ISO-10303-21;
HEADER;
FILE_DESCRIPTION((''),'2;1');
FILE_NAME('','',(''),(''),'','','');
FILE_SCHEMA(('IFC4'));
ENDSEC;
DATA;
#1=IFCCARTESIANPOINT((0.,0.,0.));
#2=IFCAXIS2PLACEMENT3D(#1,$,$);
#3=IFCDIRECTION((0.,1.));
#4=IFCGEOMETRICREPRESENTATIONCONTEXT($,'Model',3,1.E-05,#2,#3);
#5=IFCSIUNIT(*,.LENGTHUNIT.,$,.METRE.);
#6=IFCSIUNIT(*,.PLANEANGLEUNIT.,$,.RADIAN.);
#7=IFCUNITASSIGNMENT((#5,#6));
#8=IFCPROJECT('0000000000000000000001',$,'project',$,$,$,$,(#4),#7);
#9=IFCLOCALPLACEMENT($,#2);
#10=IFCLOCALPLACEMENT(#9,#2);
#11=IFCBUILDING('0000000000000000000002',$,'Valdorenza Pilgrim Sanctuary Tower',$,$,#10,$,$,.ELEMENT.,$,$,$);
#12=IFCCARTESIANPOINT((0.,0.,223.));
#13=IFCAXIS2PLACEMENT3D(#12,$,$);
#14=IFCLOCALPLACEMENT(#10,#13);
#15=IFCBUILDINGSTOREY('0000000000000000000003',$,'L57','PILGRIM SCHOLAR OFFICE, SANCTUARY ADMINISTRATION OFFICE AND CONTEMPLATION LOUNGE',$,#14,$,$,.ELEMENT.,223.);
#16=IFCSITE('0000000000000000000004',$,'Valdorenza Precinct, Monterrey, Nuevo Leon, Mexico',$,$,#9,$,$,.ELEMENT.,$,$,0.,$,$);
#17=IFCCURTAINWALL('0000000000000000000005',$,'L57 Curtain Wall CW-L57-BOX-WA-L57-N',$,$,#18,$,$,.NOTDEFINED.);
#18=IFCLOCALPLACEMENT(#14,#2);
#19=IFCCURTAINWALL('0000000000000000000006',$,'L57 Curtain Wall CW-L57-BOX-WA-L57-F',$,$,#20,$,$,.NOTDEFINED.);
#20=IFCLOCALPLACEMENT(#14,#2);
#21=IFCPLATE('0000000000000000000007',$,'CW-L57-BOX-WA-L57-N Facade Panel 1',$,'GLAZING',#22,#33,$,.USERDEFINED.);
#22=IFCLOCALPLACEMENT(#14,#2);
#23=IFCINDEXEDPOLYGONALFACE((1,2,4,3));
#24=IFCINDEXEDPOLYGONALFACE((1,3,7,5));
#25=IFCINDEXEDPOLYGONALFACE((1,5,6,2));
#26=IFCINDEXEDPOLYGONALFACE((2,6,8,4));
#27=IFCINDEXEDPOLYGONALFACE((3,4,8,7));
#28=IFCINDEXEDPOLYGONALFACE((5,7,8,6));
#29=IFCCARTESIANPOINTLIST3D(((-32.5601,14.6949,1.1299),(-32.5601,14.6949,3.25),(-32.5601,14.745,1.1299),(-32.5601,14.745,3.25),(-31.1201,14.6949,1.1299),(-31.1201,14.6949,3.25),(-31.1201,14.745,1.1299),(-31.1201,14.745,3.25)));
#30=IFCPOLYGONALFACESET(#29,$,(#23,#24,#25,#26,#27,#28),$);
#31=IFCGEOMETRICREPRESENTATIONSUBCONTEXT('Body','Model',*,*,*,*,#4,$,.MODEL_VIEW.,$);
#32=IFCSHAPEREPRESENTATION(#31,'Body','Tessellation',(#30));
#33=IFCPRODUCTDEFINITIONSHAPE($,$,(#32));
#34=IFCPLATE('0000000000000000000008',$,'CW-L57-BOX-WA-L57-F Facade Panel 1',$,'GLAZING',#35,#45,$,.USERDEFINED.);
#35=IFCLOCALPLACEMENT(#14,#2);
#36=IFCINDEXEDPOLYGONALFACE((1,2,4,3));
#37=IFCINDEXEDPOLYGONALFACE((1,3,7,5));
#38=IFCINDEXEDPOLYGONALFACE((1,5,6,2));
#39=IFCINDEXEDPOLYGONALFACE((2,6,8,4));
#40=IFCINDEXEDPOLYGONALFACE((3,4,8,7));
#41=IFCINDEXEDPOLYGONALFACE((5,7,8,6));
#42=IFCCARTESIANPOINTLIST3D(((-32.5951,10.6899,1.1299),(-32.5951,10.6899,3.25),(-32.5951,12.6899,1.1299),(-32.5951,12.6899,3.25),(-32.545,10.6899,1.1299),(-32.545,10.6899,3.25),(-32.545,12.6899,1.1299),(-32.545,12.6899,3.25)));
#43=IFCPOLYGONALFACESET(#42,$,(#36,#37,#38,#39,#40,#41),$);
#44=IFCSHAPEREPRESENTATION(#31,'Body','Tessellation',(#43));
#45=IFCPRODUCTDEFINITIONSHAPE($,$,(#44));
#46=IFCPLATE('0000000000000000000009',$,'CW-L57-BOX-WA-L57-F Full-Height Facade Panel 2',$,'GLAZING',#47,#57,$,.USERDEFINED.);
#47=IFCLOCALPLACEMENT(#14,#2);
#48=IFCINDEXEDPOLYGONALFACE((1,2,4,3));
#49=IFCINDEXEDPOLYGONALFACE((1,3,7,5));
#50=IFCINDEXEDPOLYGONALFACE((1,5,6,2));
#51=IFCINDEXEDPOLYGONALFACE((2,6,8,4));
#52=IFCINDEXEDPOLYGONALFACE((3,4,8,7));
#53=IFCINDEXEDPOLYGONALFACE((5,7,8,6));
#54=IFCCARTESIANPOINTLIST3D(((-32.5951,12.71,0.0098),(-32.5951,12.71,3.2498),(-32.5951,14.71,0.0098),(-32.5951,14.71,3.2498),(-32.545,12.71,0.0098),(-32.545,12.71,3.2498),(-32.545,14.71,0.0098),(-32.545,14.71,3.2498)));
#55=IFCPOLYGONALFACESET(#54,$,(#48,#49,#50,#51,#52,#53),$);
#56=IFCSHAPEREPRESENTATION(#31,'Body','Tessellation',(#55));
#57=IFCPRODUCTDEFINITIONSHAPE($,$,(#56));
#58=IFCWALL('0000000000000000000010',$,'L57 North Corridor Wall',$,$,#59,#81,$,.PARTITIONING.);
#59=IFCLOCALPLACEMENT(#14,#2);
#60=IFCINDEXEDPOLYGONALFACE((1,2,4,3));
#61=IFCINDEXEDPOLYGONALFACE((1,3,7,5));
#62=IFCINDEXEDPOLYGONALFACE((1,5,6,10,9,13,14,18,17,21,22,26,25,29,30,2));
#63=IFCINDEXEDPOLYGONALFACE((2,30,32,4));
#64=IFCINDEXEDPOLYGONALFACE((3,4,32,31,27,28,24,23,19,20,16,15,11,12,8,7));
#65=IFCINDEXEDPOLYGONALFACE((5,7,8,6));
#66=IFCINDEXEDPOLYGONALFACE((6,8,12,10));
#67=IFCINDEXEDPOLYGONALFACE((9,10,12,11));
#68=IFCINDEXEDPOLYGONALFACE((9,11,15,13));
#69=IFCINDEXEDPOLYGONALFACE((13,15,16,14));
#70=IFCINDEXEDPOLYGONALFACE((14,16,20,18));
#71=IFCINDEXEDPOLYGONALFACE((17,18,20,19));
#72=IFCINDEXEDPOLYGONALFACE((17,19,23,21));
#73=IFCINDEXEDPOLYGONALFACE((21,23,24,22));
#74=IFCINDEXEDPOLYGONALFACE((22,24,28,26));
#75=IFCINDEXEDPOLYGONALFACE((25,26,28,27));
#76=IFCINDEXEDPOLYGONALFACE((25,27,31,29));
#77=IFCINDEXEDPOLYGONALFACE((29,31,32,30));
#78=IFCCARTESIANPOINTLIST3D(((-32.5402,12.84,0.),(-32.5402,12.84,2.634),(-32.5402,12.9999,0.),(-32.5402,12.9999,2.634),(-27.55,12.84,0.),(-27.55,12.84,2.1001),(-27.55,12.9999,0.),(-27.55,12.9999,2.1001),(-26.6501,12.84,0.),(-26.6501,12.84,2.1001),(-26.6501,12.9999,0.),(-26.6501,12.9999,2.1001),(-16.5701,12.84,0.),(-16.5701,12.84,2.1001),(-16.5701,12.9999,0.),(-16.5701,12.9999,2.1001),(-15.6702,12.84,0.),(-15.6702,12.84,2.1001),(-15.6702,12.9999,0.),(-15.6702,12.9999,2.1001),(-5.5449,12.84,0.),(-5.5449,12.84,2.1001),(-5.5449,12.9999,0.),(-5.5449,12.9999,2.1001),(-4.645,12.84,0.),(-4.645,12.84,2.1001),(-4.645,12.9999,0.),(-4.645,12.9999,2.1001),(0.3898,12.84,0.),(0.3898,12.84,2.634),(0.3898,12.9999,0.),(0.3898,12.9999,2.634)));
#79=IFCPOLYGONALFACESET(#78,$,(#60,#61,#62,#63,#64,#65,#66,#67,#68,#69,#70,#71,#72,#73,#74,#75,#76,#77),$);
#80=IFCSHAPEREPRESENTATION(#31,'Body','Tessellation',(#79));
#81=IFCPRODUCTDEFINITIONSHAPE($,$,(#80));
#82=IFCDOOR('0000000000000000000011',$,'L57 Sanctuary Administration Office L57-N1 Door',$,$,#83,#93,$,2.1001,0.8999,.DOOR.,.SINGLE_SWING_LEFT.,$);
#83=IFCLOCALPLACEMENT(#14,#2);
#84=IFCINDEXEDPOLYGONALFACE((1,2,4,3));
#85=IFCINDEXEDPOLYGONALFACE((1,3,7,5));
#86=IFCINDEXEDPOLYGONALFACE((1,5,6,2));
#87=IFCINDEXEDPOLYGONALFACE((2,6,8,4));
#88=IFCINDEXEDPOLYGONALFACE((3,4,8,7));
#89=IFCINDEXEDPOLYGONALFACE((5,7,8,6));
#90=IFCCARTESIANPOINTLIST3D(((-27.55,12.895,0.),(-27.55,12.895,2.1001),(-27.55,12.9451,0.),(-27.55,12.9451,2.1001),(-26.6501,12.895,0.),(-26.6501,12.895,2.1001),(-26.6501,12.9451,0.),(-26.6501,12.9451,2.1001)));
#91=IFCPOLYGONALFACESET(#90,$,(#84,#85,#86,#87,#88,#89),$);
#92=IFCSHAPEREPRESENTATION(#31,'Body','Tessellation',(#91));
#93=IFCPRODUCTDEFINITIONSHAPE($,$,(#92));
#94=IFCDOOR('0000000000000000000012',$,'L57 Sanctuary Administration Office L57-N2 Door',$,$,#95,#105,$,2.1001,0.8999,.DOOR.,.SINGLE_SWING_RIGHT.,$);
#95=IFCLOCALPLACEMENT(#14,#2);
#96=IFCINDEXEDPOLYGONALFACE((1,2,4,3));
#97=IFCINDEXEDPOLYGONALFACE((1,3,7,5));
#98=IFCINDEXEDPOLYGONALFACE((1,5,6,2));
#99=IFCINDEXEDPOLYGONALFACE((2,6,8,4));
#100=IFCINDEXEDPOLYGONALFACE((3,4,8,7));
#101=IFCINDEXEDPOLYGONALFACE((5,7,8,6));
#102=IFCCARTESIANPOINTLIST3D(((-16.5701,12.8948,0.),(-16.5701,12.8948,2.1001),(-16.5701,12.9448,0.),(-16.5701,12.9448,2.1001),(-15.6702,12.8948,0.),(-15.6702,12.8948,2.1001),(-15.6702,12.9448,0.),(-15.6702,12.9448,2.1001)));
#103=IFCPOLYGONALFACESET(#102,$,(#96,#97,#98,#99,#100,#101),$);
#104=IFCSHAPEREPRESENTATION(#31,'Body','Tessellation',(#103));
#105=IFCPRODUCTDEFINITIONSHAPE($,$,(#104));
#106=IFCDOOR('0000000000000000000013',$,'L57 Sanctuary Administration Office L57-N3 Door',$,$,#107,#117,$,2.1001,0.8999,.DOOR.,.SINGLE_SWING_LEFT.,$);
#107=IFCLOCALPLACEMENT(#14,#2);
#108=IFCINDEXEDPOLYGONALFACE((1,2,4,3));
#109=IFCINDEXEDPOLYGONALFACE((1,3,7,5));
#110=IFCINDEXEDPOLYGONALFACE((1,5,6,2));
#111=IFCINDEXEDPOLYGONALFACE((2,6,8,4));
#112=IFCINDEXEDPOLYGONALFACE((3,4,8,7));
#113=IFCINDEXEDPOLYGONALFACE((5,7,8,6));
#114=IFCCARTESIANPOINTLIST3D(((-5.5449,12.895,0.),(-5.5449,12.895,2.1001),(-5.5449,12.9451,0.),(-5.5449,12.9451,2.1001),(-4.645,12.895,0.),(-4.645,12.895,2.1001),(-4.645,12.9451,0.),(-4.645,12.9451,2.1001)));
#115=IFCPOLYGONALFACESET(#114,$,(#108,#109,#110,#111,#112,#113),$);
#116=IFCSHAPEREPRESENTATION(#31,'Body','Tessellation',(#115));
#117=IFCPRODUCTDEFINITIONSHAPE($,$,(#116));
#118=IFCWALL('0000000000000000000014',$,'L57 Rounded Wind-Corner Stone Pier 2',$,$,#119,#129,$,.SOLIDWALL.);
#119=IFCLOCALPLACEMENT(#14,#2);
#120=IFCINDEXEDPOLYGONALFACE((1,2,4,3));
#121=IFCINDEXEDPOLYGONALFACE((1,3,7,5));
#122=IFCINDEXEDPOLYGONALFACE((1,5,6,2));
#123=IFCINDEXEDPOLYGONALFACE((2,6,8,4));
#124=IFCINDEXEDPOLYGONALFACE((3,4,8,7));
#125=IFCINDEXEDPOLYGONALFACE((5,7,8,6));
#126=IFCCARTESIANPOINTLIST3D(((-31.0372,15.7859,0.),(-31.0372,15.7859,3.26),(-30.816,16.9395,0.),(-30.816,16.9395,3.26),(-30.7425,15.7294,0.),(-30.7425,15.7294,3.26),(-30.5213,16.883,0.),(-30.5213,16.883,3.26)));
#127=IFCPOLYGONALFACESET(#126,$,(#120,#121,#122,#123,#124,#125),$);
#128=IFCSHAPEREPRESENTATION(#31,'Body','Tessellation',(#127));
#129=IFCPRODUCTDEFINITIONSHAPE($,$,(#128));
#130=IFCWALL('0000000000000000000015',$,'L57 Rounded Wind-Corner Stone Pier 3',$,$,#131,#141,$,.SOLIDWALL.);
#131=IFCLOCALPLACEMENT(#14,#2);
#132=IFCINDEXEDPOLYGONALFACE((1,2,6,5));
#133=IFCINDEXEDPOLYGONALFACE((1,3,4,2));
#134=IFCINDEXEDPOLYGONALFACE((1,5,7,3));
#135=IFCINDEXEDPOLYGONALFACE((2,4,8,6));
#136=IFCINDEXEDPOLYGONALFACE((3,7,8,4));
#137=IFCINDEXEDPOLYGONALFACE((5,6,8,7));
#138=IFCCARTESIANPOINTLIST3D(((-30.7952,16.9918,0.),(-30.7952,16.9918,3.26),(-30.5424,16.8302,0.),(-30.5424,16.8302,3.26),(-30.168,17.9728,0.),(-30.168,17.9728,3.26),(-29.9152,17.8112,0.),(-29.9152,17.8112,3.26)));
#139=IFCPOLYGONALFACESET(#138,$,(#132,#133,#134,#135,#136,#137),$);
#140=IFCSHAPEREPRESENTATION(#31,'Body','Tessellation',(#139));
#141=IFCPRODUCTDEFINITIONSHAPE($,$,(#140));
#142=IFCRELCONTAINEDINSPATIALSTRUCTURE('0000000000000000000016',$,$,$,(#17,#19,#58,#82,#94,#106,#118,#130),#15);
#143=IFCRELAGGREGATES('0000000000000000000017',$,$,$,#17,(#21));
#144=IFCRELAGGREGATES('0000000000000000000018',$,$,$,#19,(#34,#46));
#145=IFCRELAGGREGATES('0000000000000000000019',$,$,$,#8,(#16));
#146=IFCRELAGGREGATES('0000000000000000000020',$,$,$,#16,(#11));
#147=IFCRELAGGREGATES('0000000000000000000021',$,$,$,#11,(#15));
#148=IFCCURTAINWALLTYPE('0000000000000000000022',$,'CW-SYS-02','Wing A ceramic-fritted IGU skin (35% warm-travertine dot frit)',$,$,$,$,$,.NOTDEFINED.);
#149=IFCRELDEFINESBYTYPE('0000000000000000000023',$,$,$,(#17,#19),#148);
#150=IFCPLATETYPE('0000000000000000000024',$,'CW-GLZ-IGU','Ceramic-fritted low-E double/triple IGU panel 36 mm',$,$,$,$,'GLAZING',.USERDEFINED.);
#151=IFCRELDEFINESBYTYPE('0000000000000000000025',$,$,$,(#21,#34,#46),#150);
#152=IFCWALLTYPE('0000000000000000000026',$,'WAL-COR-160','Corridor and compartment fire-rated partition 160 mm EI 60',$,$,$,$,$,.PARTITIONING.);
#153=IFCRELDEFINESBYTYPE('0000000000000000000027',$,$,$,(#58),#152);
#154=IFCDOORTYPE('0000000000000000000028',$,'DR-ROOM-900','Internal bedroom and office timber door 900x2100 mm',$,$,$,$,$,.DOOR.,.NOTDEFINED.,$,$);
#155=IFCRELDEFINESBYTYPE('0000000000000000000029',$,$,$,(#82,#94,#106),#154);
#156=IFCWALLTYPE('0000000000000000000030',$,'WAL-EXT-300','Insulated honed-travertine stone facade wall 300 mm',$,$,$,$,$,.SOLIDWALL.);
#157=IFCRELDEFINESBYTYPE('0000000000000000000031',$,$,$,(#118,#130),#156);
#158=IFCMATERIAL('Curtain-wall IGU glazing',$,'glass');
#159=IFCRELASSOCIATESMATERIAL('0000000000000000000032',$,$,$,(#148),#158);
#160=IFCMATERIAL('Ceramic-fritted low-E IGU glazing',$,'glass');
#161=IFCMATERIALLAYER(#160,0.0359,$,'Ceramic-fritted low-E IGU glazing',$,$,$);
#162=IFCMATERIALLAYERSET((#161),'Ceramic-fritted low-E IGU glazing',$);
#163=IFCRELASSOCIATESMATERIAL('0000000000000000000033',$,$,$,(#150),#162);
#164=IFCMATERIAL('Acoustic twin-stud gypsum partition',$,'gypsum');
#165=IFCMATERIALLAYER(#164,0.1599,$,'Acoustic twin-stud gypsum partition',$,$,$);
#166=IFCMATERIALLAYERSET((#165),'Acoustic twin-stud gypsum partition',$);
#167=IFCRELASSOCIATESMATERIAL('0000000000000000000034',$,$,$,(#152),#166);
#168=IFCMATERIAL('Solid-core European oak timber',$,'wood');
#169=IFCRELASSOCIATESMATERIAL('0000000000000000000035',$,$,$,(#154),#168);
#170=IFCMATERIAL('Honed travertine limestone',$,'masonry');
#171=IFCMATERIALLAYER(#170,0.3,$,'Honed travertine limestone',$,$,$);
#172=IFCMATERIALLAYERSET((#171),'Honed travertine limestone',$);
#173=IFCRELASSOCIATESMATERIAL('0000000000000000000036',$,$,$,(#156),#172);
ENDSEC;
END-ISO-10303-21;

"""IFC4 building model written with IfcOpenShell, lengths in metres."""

from ifc_helpers import new_model, si_unit, direction, frame, frame_2d, origin, origin_2d, place, context, subcontext, project, spatial, rectangle, extrude, source, transform, mapped, material, layer, layer_set, type_object, element, fill, aggregate, save


model = new_model("IFC4")

# Units and contexts
model_context = context("Model", 3, precision=1e-05, world=origin(), true_north=direction((0.0, 1.0)))
body_context = subcontext(model_context, "Body", "Model", "MODEL_VIEW")
ifc_project = project(units=[si_unit("LENGTHUNIT", "METRE"), si_unit("PLANEANGLEUNIT", "RADIAN")], contexts=[model_context])

# Site, building, storey
site_placement = place(None, origin())
site = spatial("IfcSite", under=ifc_project, at=site_placement, Name="Valdorenza Precinct, Monterrey, Nuevo Leon, Mexico", CompositionType="ELEMENT", RefElevation=0.0)
building_placement = place(site_placement, origin())
building = spatial("IfcBuilding", under=site, at=building_placement, Name="Valdorenza Pilgrim Sanctuary Tower", CompositionType="ELEMENT")
storey_placement = place(building_placement, frame((0.0, 0.0, 223.0)))
storey = spatial("IfcBuildingStorey", under=building, at=storey_placement, Name="L57", Description="PILGRIM SCHOLAR OFFICE, SANCTUARY ADMINISTRATION OFFICE AND CONTEMPLATION LOUNGE", CompositionType="ELEMENT", Elevation=223.0)

# Curtain wall
ifc_material_1 = material(Name="Curtain-wall IGU glazing", Category="glass")
curtain_wall_type = type_object("IfcCurtainWallType", Name="CW-SYS-02", Description="Wing A ceramic-fritted IGU skin (35% warm-travertine dot frit)", PredefinedType="NOTDEFINED", material=ifc_material_1)
curtain_wall_1_placement = place(storey_placement, origin())
curtain_wall_1 = element("IfcCurtainWall", 1, at=curtain_wall_1_placement, inside=storey, type_object=curtain_wall_type, Name="L57 Curtain Wall CW-L57-BOX-WA-L57-N", PredefinedType="NOTDEFINED")

# Curtain wall
curtain_wall_2_placement = place(storey_placement, origin())
curtain_wall_2 = element("IfcCurtainWall", 2, at=curtain_wall_2_placement, inside=storey, type_object=curtain_wall_type, Name="L57 Curtain Wall CW-L57-BOX-WA-L57-F", PredefinedType="NOTDEFINED")

# Plates
ifc_material_2 = material(Name="Honed travertine limestone", Category="masonry")
ifc_material_3 = material(Name="Ceramic-fritted low-E IGU glazing", Category="glass")
ifc_layer_1 = layer(ifc_material_3, 0.0359, Name="Ceramic-fritted low-E IGU glazing")
ifc_layer_set_1 = layer_set([ifc_layer_1], Name="Ceramic-fritted low-E IGU glazing")
plate_type_1 = type_object("IfcPlateType", Name="CW-GLZ-IGU", Description="Ceramic-fritted low-E double/triple IGU panel 36 mm", ElementType="GLAZING", PredefinedType="USERDEFINED", material=ifc_layer_set_1)
shared_shape_1 = source(origin(), body_context, "Body", "SweptSolid", [
    extrude(rectangle(XDim=1.4399, YDim=0.05, at=origin_2d()), origin(), (0.0, 0.0, 1.0), 2.1201),
])
plate_1_placement = place(storey_placement, frame((-31.8401, 14.72, 1.1299), z_axis=(0.0, 0.0, 1.0), x_axis=(1.0, 0.0, 0.0)))
plate_1 = element("IfcPlate", 3, at=plate_1_placement, type_object=plate_type_1, Name="CW-L57-BOX-WA-L57-N Facade Panel 1", ObjectType="GLAZING", PredefinedType="USERDEFINED", context=body_context, shape_type="MappedRepresentation", body=[
    mapped(shared_shape_1, transform((0.0, 0.0, 0.0), x_axis=(1.0, 0.0, 0.0), y_axis=(0.0, 1.0, 0.0), z_axis=(0.0, 0.0, 1.0), scale=1.0)),
])
aggregate(curtain_wall_1, [plate_1])
shared_shape_2 = source(origin(), body_context, "Body", "SweptSolid", [
    extrude(rectangle(XDim=2.0, YDim=0.05, at=origin_2d()), origin(), (0.0, 0.0, 1.0), 2.1201),
])
plate_2_placement = place(storey_placement, frame((-32.5701, 11.6899, 1.1299), z_axis=(0.0, 0.0, 1.0), x_axis=(0.0, 1.0, 0.0)))
plate_2 = element("IfcPlate", 4, at=plate_2_placement, type_object=plate_type_1, Name="CW-L57-BOX-WA-L57-F Facade Panel 1", ObjectType="GLAZING", PredefinedType="USERDEFINED", context=body_context, shape_type="MappedRepresentation", body=[
    mapped(shared_shape_2, transform((0.0, 0.0, 0.0), x_axis=(1.0, 0.0, 0.0), y_axis=(0.0, 1.0, 0.0), z_axis=(0.0, 0.0, 1.0), scale=1.0)),
])
shared_shape_3 = source(origin(), body_context, "Body", "SweptSolid", [
    extrude(rectangle(XDim=2.0, YDim=0.05, at=origin_2d()), origin(), (0.0, 0.0, 1.0), 3.24),
])
plate_3_placement = place(storey_placement, frame((-32.5701, 13.71, 0.0098), z_axis=(0.0, 0.0, 1.0), x_axis=(0.0, 1.0, 0.0)))
plate_3 = element("IfcPlate", 5, at=plate_3_placement, type_object=plate_type_1, Name="CW-L57-BOX-WA-L57-F Full-Height Facade Panel 2", ObjectType="GLAZING", PredefinedType="USERDEFINED", context=body_context, shape_type="MappedRepresentation", body=[
    mapped(shared_shape_3, transform((0.0, 0.0, 0.0), x_axis=(1.0, 0.0, 0.0), y_axis=(0.0, 1.0, 0.0), z_axis=(0.0, 0.0, 1.0), scale=1.0)),
])
aggregate(curtain_wall_2, [plate_2, plate_3])

# Wall, openings, doors
ifc_material_4 = material(Name="Acoustic twin-stud gypsum partition", Category="gypsum")
ifc_layer_2 = layer(ifc_material_4, 0.1599, Name="Acoustic twin-stud gypsum partition")
ifc_layer_set_2 = layer_set([ifc_layer_2], Name="Acoustic twin-stud gypsum partition")
wall_type_1 = type_object("IfcWallType", Name="WAL-COR-160", Description="Corridor and compartment fire-rated partition 160 mm EI 60", PredefinedType="PARTITIONING", material=ifc_layer_set_2)
wall_1_placement = place(storey_placement, frame((-32.54, 12.9199, 0.0), z_axis=(0.0, 0.0, 1.0), x_axis=(1.0, 0.0, 0.0)))
wall_1 = element("IfcWall", 6, at=wall_1_placement, inside=storey, type_object=wall_type_1, Name="L57 North Corridor Wall", PredefinedType="PARTITIONING", context=body_context, shape_type="SweptSolid", body=[
    extrude(rectangle(XDim=32.9299, YDim=0.1599, at=frame_2d((16.4648, 0.0))), origin(), (0.0, 0.0, 1.0), 2.634),
])
opening_1_placement = place(wall_1_placement, frame((4.99, 0.0, 0.0)))
opening_1 = element("IfcOpeningElement", 7, at=opening_1_placement, cuts=wall_1, PredefinedType="OPENING", context=body_context, shape_type="SweptSolid", body=[
    extrude(rectangle(XDim=0.8999, YDim=2.1001, at=frame_2d((0.45, 1.05))), frame((0.0, 0.0947, 0.0), z_axis=(0.0, -1.0, 0.0), x_axis=(1.0, 0.0, 0.0)), (0.0, 0.0, 1.0), 0.1897),
])
opening_2_placement = place(wall_1_placement, frame((15.97, 0.0, 0.0)))
opening_2 = element("IfcOpeningElement", 8, at=opening_2_placement, cuts=wall_1, PredefinedType="OPENING", context=body_context, shape_type="SweptSolid", body=[
    extrude(rectangle(XDim=0.8999, YDim=2.1001, at=frame_2d((0.45, 1.05))), frame((0.0, 0.0947, 0.0), z_axis=(0.0, -1.0, 0.0), x_axis=(1.0, 0.0, 0.0)), (0.0, 0.0, 1.0), 0.1897),
])
opening_3_placement = place(wall_1_placement, frame((26.9951, 0.0, 0.0)))
opening_3 = element("IfcOpeningElement", 9, at=opening_3_placement, cuts=wall_1, PredefinedType="OPENING", context=body_context, shape_type="SweptSolid", body=[
    extrude(rectangle(XDim=0.8999, YDim=2.1001, at=frame_2d((0.45, 1.05))), frame((0.0, 0.0947, 0.0), z_axis=(0.0, -1.0, 0.0), x_axis=(1.0, 0.0, 0.0)), (0.0, 0.0, 1.0), 0.1897),
])
ifc_material_5 = material(Name="Solid-core European oak timber", Category="wood")
door_type = type_object("IfcDoorType", Name="DR-ROOM-900", Description="Internal bedroom and office timber door 900x2100 mm", OperationType="NOTDEFINED", PredefinedType="DOOR", material=ifc_material_5)
door_1_placement = place(opening_1_placement, frame((0.8999, 0.0, 0.0), z_axis=(0.0, 0.0, 1.0), x_axis=(-1.0, 0.0, 0.0)))
door_1 = element("IfcDoor", 10, at=door_1_placement, inside=storey, type_object=door_type, Name="L57 Sanctuary Administration Office L57-N1 Door", OperationType="SINGLE_SWING_LEFT", OverallHeight=2.1001, OverallWidth=0.8999, PredefinedType="DOOR", context=body_context, shape_type="SweptSolid", body=[
    extrude(rectangle(XDim=0.8999, YDim=2.1001, at=frame_2d((0.45, 1.05))), frame((0.0, 0.0249, 0.0), z_axis=(0.0, -1.0, 0.0), x_axis=(1.0, 0.0, 0.0)), (0.0, 0.0, 1.0), 0.05),
])
fill(opening_1, door_1)
door_2_placement = place(opening_2_placement, origin())
door_2 = element("IfcDoor", 11, at=door_2_placement, inside=storey, type_object=door_type, Name="L57 Sanctuary Administration Office L57-N2 Door", OperationType="SINGLE_SWING_RIGHT", OverallHeight=2.1001, OverallWidth=0.8999, PredefinedType="DOOR", context=body_context, shape_type="SweptSolid", body=[
    extrude(rectangle(XDim=0.8999, YDim=2.1001, at=frame_2d((0.45, 1.05))), frame((0.0, 0.0249, 0.0), z_axis=(0.0, -1.0, 0.0), x_axis=(1.0, 0.0, 0.0)), (0.0, 0.0, 1.0), 0.05),
])
fill(opening_2, door_2)
door_3_placement = place(opening_3_placement, frame((0.8999, 0.0, 0.0), z_axis=(0.0, 0.0, 1.0), x_axis=(-1.0, 0.0, 0.0)))
door_3 = element("IfcDoor", 12, at=door_3_placement, inside=storey, type_object=door_type, Name="L57 Sanctuary Administration Office L57-N3 Door", OperationType="SINGLE_SWING_LEFT", OverallHeight=2.1001, OverallWidth=0.8999, PredefinedType="DOOR", context=body_context, shape_type="SweptSolid", body=[
    extrude(rectangle(XDim=0.8999, YDim=2.1001, at=frame_2d((0.45, 1.05))), frame((0.0, 0.0249, 0.0), z_axis=(0.0, -1.0, 0.0), x_axis=(1.0, 0.0, 0.0)), (0.0, 0.0, 1.0), 0.05),
])
fill(opening_3, door_3)

# Walls
ifc_layer_3 = layer(ifc_material_2, 0.3, Name="Honed travertine limestone")
ifc_layer_set_3 = layer_set([ifc_layer_3], Name="Honed travertine limestone")
wall_type_2 = type_object("IfcWallType", Name="WAL-EXT-300", Description="Insulated honed-travertine stone facade wall 300 mm", PredefinedType="SOLIDWALL", material=ifc_layer_set_3)
wall_2_placement = place(storey_placement, frame((-30.8899, 15.7576, 0.0), z_axis=(0.0, 0.0, 1.0), x_axis=(0.188315, 0.982109, 0.0)))
element("IfcWall", 13, at=wall_2_placement, inside=storey, type_object=wall_type_2, Name="L57 Rounded Wind-Corner Stone Pier 2", PredefinedType="SOLIDWALL", context=body_context, shape_type="SweptSolid", body=[
    extrude(rectangle(XDim=1.1746, YDim=0.3, at=frame_2d((0.5874, 0.0))), origin(), (0.0, 0.0, 1.0), 3.26),
])
wall_3_placement = place(storey_placement, frame((-30.6687, 16.9111, 0.0), z_axis=(0.0, 0.0, 1.0), x_axis=(0.538679, 0.842511, 0.0)))
element("IfcWall", 14, at=wall_3_placement, inside=storey, type_object=wall_type_2, Name="L57 Rounded Wind-Corner Stone Pier 3", PredefinedType="SOLIDWALL", context=body_context, shape_type="SweptSolid", body=[
    extrude(rectangle(XDim=1.1643, YDim=0.3, at=frame_2d((0.582, 0.0))), origin(), (0.0, 0.0, 1.0), 3.26),
])

save(model, "model.ifc")
